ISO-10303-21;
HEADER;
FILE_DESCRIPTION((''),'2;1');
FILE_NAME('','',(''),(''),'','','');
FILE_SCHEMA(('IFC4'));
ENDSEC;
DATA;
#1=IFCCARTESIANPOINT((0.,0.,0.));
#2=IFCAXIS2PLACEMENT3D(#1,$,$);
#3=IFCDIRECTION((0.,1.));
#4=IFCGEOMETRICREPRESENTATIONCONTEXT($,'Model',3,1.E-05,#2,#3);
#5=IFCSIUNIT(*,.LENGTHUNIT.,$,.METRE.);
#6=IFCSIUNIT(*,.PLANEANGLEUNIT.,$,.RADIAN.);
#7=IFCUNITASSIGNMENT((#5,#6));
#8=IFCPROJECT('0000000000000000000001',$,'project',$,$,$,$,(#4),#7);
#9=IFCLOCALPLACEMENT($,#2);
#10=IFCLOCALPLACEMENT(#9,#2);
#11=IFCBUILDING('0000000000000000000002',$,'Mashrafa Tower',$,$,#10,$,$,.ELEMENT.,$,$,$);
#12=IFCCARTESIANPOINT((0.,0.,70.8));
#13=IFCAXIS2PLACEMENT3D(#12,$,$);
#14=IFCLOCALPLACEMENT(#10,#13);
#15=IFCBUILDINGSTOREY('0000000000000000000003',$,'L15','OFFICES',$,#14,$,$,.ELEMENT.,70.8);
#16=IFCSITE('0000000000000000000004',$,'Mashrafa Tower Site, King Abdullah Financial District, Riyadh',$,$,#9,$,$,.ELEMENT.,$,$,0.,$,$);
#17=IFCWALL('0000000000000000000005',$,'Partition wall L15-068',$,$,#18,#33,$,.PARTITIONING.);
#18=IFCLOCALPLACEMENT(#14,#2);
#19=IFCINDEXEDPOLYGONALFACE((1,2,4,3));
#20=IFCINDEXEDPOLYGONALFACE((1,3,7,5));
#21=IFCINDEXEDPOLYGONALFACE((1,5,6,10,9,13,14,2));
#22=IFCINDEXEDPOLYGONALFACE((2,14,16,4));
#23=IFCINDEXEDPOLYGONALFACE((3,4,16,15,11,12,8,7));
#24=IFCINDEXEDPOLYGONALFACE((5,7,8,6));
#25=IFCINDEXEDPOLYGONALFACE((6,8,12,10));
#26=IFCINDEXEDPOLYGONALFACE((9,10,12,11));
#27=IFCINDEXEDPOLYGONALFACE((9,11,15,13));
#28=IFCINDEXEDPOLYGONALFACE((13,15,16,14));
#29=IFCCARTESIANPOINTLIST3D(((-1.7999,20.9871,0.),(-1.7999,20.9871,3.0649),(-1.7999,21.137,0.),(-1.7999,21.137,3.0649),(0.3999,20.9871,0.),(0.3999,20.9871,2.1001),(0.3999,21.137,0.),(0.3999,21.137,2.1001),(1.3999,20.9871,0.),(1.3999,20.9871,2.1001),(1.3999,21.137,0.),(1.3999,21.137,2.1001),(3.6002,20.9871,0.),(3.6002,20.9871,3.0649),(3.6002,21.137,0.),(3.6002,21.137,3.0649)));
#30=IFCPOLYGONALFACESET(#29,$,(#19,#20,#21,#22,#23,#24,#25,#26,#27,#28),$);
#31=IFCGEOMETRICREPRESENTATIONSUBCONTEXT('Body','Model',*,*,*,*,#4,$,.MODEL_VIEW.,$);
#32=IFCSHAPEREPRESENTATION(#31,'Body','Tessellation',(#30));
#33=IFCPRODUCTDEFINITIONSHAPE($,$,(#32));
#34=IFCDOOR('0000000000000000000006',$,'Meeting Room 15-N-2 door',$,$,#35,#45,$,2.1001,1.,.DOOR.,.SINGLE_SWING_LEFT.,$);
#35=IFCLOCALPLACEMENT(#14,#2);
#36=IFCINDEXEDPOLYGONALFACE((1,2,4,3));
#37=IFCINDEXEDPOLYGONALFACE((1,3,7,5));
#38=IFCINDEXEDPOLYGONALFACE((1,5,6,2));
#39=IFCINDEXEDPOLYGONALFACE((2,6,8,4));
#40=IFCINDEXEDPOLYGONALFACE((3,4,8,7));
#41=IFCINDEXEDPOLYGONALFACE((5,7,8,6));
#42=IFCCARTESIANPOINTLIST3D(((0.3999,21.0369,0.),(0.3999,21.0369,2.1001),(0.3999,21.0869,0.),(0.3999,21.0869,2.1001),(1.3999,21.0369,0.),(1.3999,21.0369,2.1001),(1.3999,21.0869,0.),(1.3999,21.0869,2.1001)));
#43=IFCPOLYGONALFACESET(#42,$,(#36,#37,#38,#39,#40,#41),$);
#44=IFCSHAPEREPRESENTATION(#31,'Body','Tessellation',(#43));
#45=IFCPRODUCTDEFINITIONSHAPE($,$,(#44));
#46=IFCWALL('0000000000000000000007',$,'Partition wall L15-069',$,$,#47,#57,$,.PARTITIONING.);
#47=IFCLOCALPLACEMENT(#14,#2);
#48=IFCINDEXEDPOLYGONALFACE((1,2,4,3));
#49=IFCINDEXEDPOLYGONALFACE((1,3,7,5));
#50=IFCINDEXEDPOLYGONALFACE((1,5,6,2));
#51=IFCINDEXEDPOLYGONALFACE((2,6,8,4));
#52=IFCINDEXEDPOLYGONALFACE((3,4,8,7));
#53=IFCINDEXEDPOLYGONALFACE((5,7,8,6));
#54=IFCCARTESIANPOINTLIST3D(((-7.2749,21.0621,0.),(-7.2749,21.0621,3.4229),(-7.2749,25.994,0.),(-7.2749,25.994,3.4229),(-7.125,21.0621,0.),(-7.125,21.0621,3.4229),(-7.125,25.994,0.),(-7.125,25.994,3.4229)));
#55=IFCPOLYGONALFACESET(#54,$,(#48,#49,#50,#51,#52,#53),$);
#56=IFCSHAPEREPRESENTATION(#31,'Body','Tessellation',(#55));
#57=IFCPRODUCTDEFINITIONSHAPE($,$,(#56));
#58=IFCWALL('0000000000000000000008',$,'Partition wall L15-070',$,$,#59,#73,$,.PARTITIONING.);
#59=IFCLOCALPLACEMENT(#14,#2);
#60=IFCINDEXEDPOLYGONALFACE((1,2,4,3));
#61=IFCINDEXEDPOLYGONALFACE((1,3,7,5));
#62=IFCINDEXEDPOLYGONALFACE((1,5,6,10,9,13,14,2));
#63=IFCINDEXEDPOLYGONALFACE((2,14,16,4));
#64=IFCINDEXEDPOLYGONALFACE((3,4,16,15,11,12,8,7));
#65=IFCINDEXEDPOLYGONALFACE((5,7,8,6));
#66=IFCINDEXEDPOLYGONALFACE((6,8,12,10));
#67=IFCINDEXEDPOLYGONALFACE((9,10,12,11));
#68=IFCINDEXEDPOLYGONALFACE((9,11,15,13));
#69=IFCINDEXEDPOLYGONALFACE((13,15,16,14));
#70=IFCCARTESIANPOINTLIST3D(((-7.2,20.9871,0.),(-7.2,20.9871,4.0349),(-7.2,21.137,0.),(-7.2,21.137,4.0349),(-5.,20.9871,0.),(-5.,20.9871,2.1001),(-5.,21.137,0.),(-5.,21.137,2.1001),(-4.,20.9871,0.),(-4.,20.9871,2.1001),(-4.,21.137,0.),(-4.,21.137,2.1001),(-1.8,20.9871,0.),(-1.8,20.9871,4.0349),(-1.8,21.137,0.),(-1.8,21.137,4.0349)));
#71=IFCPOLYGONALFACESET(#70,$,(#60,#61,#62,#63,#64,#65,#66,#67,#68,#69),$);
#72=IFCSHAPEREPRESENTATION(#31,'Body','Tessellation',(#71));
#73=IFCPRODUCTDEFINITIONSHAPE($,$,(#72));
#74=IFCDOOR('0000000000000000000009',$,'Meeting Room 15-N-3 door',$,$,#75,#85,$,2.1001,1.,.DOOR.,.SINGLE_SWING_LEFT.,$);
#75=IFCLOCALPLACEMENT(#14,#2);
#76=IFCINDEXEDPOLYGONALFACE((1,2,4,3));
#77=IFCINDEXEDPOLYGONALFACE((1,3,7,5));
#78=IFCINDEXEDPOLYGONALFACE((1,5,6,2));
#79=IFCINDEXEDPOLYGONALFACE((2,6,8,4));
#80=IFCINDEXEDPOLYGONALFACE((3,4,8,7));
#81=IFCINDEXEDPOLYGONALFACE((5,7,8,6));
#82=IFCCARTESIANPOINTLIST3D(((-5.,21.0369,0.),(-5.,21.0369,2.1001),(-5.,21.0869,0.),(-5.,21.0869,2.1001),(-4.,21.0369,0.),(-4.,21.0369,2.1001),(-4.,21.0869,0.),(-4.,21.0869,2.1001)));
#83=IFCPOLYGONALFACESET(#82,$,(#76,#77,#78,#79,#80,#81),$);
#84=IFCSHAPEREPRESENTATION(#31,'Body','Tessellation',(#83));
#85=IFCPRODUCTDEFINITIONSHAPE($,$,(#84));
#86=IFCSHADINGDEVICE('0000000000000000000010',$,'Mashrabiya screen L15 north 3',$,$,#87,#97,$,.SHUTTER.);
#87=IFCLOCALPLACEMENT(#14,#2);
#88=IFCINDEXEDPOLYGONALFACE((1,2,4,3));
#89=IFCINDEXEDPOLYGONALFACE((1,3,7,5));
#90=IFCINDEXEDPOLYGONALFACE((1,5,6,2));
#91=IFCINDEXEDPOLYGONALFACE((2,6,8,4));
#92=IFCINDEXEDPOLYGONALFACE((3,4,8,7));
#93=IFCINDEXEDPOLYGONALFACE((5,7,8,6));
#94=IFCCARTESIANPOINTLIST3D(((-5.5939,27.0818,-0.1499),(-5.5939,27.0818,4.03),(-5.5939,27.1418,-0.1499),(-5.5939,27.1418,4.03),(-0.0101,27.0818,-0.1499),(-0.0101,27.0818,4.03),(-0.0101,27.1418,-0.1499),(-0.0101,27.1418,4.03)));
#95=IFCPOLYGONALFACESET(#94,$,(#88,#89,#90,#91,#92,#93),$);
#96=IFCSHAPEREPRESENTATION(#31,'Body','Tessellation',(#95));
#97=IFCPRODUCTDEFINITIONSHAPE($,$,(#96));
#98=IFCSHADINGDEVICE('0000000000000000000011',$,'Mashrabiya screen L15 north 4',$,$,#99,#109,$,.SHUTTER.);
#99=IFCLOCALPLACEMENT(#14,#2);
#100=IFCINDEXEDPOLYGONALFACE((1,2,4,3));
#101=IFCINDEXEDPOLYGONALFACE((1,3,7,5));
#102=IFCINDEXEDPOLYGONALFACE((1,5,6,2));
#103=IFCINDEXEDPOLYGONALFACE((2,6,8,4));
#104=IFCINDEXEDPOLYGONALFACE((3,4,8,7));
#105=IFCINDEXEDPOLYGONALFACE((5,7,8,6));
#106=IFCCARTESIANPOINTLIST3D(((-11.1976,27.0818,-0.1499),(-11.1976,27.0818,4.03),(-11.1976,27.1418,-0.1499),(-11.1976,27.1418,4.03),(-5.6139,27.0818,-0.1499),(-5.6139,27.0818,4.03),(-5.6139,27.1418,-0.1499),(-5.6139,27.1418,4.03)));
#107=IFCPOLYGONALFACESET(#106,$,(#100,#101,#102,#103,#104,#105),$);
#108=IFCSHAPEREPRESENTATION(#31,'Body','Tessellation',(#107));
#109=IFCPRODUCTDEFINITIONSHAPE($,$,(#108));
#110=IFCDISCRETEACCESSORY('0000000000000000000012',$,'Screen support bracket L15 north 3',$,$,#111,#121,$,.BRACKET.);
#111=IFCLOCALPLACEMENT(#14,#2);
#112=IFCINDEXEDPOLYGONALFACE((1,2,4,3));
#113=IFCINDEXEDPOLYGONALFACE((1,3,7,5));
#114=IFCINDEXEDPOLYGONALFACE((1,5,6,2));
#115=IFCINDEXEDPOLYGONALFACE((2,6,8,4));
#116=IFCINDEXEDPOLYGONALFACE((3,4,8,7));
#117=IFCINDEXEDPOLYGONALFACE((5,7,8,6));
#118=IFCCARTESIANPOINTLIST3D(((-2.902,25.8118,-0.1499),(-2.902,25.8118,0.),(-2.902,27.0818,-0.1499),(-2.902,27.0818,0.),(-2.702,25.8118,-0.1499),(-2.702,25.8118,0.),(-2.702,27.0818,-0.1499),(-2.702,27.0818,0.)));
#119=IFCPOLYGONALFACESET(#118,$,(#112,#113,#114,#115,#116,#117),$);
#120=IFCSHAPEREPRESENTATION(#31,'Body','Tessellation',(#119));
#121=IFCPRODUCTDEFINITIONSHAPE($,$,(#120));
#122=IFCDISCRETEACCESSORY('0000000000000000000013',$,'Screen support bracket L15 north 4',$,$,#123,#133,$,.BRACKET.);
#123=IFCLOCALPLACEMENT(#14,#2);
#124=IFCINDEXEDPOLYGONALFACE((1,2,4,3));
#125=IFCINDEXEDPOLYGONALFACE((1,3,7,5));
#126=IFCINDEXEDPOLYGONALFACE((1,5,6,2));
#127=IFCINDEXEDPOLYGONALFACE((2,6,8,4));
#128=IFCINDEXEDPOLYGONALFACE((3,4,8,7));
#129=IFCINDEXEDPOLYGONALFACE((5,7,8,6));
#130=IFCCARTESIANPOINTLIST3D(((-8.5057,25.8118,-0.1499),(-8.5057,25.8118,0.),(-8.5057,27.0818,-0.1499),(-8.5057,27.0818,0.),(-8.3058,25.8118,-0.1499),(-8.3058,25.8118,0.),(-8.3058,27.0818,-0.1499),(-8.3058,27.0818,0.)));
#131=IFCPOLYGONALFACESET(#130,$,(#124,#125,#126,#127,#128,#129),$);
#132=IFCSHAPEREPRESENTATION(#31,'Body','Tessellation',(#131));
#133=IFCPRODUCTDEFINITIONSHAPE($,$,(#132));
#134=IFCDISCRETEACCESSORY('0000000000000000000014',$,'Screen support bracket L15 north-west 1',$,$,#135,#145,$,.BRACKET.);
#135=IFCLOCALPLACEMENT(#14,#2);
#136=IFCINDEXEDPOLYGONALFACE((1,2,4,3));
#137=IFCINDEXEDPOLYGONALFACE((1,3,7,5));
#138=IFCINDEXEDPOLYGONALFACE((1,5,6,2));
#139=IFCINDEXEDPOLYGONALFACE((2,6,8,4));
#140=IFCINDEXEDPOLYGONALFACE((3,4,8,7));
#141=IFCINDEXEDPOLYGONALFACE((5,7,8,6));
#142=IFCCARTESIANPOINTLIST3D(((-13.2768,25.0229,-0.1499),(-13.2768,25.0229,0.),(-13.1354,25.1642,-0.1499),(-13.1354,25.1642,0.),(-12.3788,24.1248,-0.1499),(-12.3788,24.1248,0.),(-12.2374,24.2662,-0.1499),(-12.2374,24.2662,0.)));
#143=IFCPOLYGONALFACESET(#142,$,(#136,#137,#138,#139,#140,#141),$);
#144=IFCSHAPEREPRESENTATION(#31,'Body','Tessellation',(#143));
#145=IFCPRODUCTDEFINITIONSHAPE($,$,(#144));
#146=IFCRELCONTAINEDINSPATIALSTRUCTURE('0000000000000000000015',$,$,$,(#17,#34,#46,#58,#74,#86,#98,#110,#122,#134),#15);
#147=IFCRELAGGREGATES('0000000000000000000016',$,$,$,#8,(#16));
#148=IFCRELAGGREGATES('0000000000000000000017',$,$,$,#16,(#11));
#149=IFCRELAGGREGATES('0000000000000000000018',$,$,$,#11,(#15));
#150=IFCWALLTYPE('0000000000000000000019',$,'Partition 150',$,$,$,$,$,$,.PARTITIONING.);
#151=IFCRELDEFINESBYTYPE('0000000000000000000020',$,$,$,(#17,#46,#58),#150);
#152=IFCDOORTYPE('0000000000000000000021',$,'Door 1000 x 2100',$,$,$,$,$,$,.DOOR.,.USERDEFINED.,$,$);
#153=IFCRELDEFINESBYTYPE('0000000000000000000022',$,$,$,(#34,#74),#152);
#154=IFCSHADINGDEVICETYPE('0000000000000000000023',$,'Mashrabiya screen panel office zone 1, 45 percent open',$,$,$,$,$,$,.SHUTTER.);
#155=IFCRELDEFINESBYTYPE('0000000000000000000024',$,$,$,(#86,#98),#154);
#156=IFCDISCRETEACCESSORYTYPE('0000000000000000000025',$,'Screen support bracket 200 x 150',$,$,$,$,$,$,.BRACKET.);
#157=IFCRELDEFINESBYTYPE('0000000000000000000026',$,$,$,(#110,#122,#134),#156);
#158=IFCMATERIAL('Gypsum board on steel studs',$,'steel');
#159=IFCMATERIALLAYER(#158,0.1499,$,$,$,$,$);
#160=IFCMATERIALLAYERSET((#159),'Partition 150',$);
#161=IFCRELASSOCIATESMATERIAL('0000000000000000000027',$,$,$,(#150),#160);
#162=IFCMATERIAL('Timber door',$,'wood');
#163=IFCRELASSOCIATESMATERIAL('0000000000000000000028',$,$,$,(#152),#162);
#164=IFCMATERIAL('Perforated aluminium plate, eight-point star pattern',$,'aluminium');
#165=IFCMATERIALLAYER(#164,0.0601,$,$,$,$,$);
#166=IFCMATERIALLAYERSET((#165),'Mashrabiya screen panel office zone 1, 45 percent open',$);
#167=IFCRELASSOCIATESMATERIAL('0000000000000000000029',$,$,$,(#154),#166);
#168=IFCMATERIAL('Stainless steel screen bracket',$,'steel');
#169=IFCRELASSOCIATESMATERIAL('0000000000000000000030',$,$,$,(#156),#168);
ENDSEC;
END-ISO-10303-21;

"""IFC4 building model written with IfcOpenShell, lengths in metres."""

from ifc_helpers import new_model, si_unit, direction, frame, frame_2d, origin, origin_2d, place, context, subcontext, project, spatial, rectangle, extrude, source, transform, mapped, material, layer, layer_set, type_object, type_shapes, element, fill, save


model = new_model("IFC4")

# Units and contexts
model_context = context("Model", 3, precision=1e-05, world=origin(), true_north=direction((0.0, 1.0)))
body_context = subcontext(model_context, "Body", "Model", "MODEL_VIEW")
ifc_project = project(units=[si_unit("LENGTHUNIT", "METRE"), si_unit("PLANEANGLEUNIT", "RADIAN")], contexts=[model_context])

# Site, building, storey
site_placement = place(None, origin())
site = spatial("IfcSite", under=ifc_project, at=site_placement, Name="Mashrafa Tower Site, King Abdullah Financial District, Riyadh", CompositionType="ELEMENT", RefElevation=0.0)
building_placement = place(site_placement, origin())
building = spatial("IfcBuilding", under=site, at=building_placement, Name="Mashrafa Tower", CompositionType="ELEMENT")
storey_placement = place(building_placement, frame((0.0, 0.0, 70.8)))
storey = spatial("IfcBuildingStorey", under=building, at=storey_placement, Name="L15", Description="OFFICES", CompositionType="ELEMENT", Elevation=70.8)

# Shared definitions
ifc_material_1 = material(Name="Gypsum board on steel studs", Category="steel")
ifc_layer_1 = layer(ifc_material_1, 0.1499)
ifc_layer_set_1 = layer_set([ifc_layer_1], Name="Partition 150")
wall_type_1 = type_object("IfcWallType", Name="Partition 150", PredefinedType="PARTITIONING", material=ifc_layer_set_1)
ifc_material_2 = material(Name="Timber door", Category="wood")
door_type = type_object("IfcDoorType", Name="Door 1000 x 2100", OperationType="USERDEFINED", PredefinedType="DOOR", material=ifc_material_2)

# Wall, opening, door
wall_1_placement = place(storey_placement, frame((-1.8, 21.062, 0.0), z_axis=(0.0, 0.0, 1.0), x_axis=(1.0, 0.0, 0.0)))
wall_1 = element("IfcWall", 1, at=wall_1_placement, inside=storey, type_object=wall_type_1, Name="Partition wall L15-068", PredefinedType="PARTITIONING", context=body_context, shape_type="SweptSolid", body=[
    extrude(rectangle(XDim=5.4001, YDim=0.1499, at=frame_2d((2.7002, 0.0))), origin(), (0.0, 0.0, 1.0), 3.0649),
])
opening_1_placement = place(wall_1_placement, frame((2.2, 0.0, 0.0)))
opening_1 = element("IfcOpeningElement", 2, at=opening_1_placement, cuts=wall_1, PredefinedType="OPENING", context=body_context, shape_type="SweptSolid", body=[
    extrude(rectangle(XDim=1.0, YDim=2.1001, at=frame_2d((0.5, 1.05))), frame((0.0, 0.085, 0.0), z_axis=(0.0, -1.0, 0.0), x_axis=(1.0, 0.0, 0.0)), (0.0, 0.0, 1.0), 0.1699),
])
door_1_placement = place(opening_1_placement, origin())
door_1 = element("IfcDoor", 3, at=door_1_placement, inside=storey, type_object=door_type, Name="Meeting Room 15-N-2 door", OperationType="SINGLE_SWING_LEFT", OverallHeight=2.1001, OverallWidth=1.0, PredefinedType="DOOR", context=body_context, shape_type="SweptSolid", body=[
    extrude(rectangle(XDim=1.0, YDim=2.1001, at=frame_2d((0.5, 1.05))), frame((0.0, 0.0249, 0.0), z_axis=(0.0, -1.0, 0.0), x_axis=(1.0, 0.0, 0.0)), (0.0, 0.0, 1.0), 0.05),
])
fill(opening_1, door_1)

# Wall
wall_2_placement = place(storey_placement, frame((-7.2, 25.9939, 0.0), z_axis=(0.0, 0.0, 1.0), x_axis=(0.0, -1.0, 0.0)))
element("IfcWall", 4, at=wall_2_placement, inside=storey, type_object=wall_type_1, Name="Partition wall L15-069", PredefinedType="PARTITIONING", context=body_context, shape_type="SweptSolid", body=[
    extrude(rectangle(XDim=4.9319, YDim=0.1499, at=frame_2d((2.4658, 0.0))), origin(), (0.0, 0.0, 1.0), 3.4229),
])

# Wall, opening, door
wall_3_placement = place(storey_placement, frame((-7.2, 21.062, 0.0), z_axis=(0.0, 0.0, 1.0), x_axis=(1.0, 0.0, 0.0)))
wall_3 = element("IfcWall", 5, at=wall_3_placement, inside=storey, type_object=wall_type_1, Name="Partition wall L15-070", PredefinedType="PARTITIONING", context=body_context, shape_type="SweptSolid", body=[
    extrude(rectangle(XDim=5.3999, YDim=0.1499, at=frame_2d((2.7, 0.0))), origin(), (0.0, 0.0, 1.0), 4.0349),
])
opening_2_placement = place(wall_3_placement, frame((2.2, 0.0, 0.0)))
opening_2 = element("IfcOpeningElement", 6, at=opening_2_placement, cuts=wall_3, PredefinedType="OPENING", context=body_context, shape_type="SweptSolid", body=[
    extrude(rectangle(XDim=1.0, YDim=2.1001, at=frame_2d((0.5, 1.05))), frame((0.0, 0.085, 0.0), z_axis=(0.0, -1.0, 0.0), x_axis=(1.0, 0.0, 0.0)), (0.0, 0.0, 1.0), 0.1699),
])
door_2_placement = place(opening_2_placement, origin())
door_2 = element("IfcDoor", 7, at=door_2_placement, inside=storey, type_object=door_type, Name="Meeting Room 15-N-3 door", OperationType="SINGLE_SWING_LEFT", OverallHeight=2.1001, OverallWidth=1.0, PredefinedType="DOOR", context=body_context, shape_type="SweptSolid", body=[
    extrude(rectangle(XDim=1.0, YDim=2.1001, at=frame_2d((0.5, 1.05))), frame((0.0, 0.0249, 0.0), z_axis=(0.0, -1.0, 0.0), x_axis=(1.0, 0.0, 0.0)), (0.0, 0.0, 1.0), 0.05),
])
fill(opening_2, door_2)

# Shading devices
ifc_material_3 = material(Name="Perforated aluminium plate, eight-point star pattern", Category="aluminium")
ifc_layer_2 = layer(ifc_material_3, 0.0601)
ifc_layer_set_2 = layer_set([ifc_layer_2], Name="Mashrabiya screen panel office zone 1, 45 percent open")
shading_device_type = type_object("IfcShadingDeviceType", Name="Mashrabiya screen panel office zone 1, 45 percent open", PredefinedType="SHUTTER", material=ifc_layer_set_2)
shared_shape_1 = source(origin(), body_context, "Body", "SweptSolid", [
    extrude(rectangle(XDim=5.5837, YDim=0.0601, at=origin_2d()), origin(), (0.0, 0.0, 1.0), 4.1799),
])
type_shapes(shading_device_type, [shared_shape_1])
for number, where, z_axis, x_axis, name in (
    (8, (-2.802, 27.1118, -0.1499), (0.0, 0.0, 1.0), (-1.0, 0.0, 0.0), "Mashrabiya screen L15 north 3"),
    (9, (-8.4058, 27.1118, -0.1499), (0.0, 0.0, 1.0), (-1.0, 0.0, 0.0), "Mashrabiya screen L15 north 4"),
):
    element("IfcShadingDevice", number, at=place(storey_placement, frame(where, z_axis=z_axis, x_axis=x_axis)), inside=storey, type_object=shading_device_type, Name=name, PredefinedType="SHUTTER", context=body_context, shape_type="MappedRepresentation", body=[
        mapped(shared_shape_1, transform((0.0, 0.0, 0.0))),
    ])

# Discrete accessories
ifc_material_4 = material(Name="Stainless steel screen bracket", Category="steel")
discrete_accessory_type = type_object("IfcDiscreteAccessoryType", Name="Screen support bracket 200 x 150", PredefinedType="BRACKET", material=ifc_material_4)
shared_shape_2 = source(origin(), body_context, "Body", "SweptSolid", [
    extrude(rectangle(XDim=0.2, YDim=1.27, at=origin_2d()), origin(), (0.0, 0.0, 1.0), 0.1499),
])
type_shapes(discrete_accessory_type, [shared_shape_2])
for number, where, z_axis, x_axis, name in (
    (10, (-2.802, 26.4468, -0.1499), (0.0, 0.0, 1.0), (-1.0, 0.0, 0.0), "Screen support bracket L15 north 3"),
    (11, (-8.4058, 26.4468, -0.1499), (0.0, 0.0, 1.0), (-1.0, 0.0, 0.0), "Screen support bracket L15 north 4"),
    (12, (-12.7571, 24.6445, -0.1499), (0.0, 0.0, 1.0), (-0.707107, -0.707107, 0.0), "Screen support bracket L15 north-west 1"),
):
    element("IfcDiscreteAccessory", number, at=place(storey_placement, frame(where, z_axis=z_axis, x_axis=x_axis)), inside=storey, type_object=discrete_accessory_type, Name=name, PredefinedType="BRACKET", context=body_context, shape_type="MappedRepresentation", body=[
        mapped(shared_shape_2, transform((0.0, 0.0, 0.0))),
    ])

save(model, "model.ifc")
